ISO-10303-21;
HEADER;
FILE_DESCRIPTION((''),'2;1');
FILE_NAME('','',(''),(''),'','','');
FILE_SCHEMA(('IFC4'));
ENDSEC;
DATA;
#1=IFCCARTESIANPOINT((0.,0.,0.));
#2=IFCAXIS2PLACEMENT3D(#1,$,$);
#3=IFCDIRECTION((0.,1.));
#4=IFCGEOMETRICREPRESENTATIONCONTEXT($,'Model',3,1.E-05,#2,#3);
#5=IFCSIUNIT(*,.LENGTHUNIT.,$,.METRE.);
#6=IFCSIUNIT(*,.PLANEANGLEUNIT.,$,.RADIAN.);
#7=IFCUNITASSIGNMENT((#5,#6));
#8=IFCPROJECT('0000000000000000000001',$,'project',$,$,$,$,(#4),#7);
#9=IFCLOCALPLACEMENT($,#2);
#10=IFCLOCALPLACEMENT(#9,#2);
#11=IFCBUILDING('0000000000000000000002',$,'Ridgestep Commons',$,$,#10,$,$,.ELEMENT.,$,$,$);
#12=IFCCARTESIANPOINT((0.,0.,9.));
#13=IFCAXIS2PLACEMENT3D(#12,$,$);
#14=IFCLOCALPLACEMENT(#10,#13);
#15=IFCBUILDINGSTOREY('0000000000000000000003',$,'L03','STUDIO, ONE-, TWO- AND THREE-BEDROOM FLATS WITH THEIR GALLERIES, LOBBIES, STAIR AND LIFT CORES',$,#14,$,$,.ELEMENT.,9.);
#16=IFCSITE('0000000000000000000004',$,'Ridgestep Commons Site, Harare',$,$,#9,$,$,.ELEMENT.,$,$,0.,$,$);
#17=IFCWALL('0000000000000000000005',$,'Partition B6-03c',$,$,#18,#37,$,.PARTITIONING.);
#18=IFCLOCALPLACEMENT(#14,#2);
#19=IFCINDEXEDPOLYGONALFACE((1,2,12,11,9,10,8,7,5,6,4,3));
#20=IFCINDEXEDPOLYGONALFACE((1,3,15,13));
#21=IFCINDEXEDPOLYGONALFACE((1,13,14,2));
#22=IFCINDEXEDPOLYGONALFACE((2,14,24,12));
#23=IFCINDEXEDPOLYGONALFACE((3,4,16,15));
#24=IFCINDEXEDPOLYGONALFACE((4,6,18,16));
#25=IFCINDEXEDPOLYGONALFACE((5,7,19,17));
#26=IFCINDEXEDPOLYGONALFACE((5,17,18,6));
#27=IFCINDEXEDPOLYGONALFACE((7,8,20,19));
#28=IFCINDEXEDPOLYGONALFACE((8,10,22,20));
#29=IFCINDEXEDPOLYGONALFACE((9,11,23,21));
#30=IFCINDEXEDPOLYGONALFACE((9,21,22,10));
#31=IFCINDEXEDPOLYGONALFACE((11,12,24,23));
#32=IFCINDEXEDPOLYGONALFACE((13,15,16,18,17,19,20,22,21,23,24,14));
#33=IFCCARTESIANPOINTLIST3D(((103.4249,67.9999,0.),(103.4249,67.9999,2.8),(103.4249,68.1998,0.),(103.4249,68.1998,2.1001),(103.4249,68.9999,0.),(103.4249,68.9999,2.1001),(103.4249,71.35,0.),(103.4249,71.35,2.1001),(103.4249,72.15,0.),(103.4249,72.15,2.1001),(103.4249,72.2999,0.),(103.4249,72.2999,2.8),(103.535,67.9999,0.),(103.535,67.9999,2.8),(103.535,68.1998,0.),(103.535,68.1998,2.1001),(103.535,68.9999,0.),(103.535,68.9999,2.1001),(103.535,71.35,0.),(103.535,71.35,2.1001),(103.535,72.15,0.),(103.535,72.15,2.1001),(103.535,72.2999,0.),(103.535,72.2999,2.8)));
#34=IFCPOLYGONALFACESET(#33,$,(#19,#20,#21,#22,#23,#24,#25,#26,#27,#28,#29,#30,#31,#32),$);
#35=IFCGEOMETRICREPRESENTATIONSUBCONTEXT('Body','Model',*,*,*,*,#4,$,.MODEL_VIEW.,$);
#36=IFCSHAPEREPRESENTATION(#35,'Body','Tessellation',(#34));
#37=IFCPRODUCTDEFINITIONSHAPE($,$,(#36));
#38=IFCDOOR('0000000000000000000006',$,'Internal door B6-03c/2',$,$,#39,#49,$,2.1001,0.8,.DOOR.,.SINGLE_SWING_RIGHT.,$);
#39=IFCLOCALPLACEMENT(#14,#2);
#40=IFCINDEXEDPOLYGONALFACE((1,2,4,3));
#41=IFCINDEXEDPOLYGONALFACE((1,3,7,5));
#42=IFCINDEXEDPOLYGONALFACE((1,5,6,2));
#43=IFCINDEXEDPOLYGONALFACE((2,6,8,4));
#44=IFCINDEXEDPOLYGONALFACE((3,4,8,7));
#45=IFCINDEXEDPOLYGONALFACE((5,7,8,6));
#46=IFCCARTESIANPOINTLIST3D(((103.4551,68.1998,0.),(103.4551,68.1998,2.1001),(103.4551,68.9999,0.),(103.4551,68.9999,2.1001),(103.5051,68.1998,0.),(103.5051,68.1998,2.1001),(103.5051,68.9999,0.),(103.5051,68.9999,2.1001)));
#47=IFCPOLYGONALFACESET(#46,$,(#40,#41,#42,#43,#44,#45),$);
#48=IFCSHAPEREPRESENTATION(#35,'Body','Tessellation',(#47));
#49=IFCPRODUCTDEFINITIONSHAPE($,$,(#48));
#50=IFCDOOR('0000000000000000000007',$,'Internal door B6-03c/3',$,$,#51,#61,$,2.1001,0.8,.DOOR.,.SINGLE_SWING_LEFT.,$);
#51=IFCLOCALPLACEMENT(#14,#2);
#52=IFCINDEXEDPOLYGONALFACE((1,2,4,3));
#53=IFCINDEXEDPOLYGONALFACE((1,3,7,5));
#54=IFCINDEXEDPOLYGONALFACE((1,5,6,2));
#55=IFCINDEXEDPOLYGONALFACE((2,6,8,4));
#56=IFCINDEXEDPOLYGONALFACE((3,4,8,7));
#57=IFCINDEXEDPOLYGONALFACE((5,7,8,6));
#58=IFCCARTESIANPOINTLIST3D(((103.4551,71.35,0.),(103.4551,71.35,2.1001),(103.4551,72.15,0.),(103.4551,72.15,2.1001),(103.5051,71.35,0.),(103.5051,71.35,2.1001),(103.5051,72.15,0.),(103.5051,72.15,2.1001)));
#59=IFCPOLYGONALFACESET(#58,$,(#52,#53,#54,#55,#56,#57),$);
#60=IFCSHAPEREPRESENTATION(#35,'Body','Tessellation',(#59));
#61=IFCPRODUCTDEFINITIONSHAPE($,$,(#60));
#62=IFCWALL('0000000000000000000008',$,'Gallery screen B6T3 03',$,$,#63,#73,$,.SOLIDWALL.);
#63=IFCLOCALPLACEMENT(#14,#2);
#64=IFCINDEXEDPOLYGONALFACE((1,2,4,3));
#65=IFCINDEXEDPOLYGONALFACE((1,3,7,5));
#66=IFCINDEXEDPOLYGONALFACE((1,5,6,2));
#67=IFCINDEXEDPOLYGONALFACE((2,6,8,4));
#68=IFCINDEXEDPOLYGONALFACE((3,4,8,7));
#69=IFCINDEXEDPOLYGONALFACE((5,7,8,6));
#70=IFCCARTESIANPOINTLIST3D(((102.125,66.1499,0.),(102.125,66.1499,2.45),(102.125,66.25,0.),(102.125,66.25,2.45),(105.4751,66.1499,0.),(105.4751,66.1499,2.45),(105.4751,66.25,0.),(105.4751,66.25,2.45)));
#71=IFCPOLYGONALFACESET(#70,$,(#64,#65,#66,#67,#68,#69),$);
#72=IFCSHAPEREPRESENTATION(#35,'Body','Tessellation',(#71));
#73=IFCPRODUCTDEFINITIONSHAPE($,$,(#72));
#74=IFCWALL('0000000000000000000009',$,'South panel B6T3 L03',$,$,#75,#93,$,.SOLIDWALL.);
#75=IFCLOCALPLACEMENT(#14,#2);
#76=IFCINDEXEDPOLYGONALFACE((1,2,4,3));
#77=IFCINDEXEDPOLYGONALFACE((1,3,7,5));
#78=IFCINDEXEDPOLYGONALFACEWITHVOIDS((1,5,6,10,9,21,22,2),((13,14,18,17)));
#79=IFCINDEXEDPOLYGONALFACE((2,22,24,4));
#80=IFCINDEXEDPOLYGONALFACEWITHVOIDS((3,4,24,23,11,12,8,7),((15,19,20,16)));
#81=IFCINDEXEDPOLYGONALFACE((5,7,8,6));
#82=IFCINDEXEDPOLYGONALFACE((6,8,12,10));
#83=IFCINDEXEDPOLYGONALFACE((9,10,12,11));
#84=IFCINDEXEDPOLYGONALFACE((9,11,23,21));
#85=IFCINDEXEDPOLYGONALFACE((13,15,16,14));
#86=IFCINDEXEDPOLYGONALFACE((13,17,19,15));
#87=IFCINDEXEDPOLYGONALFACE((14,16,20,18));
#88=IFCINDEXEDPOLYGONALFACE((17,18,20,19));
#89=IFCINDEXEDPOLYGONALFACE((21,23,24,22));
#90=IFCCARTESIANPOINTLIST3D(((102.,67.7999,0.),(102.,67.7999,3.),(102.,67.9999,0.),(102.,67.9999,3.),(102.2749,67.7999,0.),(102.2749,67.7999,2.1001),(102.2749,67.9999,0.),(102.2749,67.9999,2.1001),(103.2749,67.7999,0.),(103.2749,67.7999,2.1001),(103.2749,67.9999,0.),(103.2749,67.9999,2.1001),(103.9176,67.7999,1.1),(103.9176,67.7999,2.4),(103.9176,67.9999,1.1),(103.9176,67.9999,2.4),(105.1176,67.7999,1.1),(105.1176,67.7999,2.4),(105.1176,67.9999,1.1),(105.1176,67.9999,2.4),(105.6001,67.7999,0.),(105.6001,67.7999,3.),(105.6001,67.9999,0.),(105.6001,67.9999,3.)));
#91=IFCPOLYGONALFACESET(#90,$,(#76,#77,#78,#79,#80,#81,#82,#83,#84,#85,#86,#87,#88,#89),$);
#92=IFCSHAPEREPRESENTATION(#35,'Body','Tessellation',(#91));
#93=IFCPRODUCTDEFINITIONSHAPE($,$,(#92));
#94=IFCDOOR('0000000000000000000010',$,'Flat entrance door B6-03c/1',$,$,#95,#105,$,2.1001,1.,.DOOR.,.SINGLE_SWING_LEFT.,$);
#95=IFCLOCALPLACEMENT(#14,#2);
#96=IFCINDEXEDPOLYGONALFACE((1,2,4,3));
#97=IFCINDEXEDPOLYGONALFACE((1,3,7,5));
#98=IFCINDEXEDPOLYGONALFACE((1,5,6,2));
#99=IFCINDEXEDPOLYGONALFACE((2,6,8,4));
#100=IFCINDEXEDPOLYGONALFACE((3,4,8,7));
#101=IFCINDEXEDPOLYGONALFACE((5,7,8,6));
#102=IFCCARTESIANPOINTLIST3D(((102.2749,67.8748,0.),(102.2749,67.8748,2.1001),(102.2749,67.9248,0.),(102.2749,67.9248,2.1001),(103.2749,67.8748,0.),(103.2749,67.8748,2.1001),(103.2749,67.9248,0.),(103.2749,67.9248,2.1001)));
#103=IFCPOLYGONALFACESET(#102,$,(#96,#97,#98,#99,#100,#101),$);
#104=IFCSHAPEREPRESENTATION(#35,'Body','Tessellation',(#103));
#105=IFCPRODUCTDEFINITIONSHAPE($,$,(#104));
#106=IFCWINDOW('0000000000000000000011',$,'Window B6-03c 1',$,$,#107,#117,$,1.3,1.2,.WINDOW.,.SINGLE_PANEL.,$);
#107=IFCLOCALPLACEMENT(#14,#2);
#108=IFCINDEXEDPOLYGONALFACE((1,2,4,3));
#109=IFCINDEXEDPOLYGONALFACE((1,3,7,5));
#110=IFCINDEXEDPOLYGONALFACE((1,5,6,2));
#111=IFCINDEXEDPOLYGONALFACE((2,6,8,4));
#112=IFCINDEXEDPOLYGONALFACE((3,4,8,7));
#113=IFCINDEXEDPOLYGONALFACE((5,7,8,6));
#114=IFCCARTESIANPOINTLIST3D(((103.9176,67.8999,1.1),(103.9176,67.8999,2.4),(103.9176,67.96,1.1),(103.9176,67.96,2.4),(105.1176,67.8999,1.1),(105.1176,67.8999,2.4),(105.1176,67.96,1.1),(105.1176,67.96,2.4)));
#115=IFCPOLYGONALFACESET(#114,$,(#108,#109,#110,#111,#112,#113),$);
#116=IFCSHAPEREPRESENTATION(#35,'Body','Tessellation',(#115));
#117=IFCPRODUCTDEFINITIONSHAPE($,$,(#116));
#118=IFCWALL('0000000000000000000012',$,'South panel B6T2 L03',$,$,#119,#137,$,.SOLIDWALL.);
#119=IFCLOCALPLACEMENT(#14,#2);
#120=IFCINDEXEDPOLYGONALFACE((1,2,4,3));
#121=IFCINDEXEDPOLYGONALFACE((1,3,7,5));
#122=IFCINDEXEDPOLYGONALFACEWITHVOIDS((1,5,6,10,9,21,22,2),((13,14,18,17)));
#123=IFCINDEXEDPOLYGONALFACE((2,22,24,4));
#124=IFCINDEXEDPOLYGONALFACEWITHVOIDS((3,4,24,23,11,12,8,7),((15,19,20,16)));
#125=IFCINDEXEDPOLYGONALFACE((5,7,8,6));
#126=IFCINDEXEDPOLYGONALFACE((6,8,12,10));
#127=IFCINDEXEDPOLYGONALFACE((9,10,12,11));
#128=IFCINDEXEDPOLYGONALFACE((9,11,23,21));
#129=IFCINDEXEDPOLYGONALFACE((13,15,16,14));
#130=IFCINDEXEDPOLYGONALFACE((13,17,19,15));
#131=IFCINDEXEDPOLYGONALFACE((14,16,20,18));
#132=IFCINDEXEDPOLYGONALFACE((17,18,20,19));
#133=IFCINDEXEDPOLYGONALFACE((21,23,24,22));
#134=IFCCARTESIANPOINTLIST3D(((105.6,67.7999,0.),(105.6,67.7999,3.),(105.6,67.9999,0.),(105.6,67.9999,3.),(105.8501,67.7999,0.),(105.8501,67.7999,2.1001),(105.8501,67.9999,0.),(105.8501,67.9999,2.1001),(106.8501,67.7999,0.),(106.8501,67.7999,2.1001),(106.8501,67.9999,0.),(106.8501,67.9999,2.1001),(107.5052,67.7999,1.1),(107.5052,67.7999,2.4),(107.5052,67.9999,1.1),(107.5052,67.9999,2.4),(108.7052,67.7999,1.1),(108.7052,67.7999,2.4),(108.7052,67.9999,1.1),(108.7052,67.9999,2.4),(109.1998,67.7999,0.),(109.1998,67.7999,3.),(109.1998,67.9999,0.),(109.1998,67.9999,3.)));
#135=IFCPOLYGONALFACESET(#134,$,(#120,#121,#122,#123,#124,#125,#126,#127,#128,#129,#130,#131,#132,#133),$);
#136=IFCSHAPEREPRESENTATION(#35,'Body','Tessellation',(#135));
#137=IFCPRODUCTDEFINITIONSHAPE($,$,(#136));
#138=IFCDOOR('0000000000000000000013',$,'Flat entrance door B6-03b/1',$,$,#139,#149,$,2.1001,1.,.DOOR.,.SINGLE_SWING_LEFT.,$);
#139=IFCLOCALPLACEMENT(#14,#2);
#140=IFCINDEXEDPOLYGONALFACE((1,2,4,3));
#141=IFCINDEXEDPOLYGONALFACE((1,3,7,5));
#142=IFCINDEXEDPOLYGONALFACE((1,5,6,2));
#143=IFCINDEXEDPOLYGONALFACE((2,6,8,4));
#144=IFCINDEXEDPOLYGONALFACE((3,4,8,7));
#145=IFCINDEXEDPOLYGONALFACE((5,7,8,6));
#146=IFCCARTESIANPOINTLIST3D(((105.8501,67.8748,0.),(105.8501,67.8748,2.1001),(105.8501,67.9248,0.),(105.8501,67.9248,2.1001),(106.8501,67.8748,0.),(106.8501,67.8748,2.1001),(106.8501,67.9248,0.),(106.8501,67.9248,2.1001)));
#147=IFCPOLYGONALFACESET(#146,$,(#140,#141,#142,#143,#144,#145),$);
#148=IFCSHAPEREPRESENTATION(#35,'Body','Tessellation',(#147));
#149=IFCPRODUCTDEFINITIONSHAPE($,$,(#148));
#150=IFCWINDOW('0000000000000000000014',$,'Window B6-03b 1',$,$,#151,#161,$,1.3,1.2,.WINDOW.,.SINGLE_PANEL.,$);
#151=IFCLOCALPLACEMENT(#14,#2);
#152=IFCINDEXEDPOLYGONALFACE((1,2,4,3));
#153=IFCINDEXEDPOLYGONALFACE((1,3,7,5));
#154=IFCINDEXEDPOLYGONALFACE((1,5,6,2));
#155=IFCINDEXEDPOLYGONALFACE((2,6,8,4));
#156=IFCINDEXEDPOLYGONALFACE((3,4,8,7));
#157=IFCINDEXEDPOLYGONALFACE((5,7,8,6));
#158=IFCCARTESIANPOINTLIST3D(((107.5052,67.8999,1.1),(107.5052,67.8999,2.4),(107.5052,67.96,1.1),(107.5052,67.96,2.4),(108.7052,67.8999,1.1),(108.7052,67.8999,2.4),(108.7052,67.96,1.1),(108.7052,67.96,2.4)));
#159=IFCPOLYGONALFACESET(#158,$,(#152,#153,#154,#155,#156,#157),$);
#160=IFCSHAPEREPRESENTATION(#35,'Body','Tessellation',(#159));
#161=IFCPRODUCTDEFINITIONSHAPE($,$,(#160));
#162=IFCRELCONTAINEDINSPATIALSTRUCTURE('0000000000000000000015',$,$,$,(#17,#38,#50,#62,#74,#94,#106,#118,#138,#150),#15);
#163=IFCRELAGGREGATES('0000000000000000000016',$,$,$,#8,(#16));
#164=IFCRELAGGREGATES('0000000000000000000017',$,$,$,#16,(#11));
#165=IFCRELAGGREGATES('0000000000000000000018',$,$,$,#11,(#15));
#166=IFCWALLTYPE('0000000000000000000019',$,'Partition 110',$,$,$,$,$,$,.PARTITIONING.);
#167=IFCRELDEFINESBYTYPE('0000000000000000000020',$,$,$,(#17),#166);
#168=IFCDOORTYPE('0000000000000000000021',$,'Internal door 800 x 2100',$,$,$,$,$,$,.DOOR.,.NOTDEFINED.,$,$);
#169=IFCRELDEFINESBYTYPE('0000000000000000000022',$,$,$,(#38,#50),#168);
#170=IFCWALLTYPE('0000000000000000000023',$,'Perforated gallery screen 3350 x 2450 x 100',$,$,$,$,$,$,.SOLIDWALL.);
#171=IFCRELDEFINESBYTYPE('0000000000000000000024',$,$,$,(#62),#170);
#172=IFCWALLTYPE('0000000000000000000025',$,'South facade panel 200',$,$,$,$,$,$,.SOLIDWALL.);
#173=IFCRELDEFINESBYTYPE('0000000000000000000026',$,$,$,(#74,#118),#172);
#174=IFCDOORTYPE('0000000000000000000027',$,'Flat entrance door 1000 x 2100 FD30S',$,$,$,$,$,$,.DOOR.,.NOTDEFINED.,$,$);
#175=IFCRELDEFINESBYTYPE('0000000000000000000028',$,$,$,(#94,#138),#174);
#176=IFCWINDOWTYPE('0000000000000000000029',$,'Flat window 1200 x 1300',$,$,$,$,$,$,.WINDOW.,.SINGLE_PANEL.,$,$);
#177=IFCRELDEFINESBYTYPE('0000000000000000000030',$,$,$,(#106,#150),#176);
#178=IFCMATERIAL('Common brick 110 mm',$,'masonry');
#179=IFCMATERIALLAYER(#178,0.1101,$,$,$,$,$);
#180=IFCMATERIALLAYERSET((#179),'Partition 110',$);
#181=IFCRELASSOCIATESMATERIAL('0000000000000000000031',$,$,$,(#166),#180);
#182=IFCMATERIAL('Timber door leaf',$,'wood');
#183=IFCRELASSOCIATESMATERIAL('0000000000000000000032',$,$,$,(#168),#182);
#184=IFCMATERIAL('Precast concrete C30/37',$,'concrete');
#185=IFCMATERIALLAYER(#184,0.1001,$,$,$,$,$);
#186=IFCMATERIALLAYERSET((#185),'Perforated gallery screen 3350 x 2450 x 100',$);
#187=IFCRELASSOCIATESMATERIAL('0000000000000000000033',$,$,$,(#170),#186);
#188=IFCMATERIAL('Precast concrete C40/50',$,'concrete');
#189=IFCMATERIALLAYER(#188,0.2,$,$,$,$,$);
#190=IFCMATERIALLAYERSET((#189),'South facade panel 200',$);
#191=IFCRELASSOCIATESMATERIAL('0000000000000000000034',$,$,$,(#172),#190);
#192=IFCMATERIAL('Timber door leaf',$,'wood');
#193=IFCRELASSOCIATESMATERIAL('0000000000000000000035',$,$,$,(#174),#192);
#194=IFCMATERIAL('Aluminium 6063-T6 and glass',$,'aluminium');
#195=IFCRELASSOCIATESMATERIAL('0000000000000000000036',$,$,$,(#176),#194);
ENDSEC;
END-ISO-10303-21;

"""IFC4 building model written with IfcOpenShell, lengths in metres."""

from ifc_helpers import new_model, si_unit, direction, frame, frame_2d, origin, place, context, subcontext, project, spatial, rectangle, extrude, material, layer, layer_set, type_object, element, fill, save


model = new_model("IFC4")

# Units and contexts
model_context = context("Model", 3, precision=1e-05, world=origin(), true_north=direction((0.0, 1.0)))
body_context = subcontext(model_context, "Body", "Model", "MODEL_VIEW")
ifc_project = project(units=[si_unit("LENGTHUNIT", "METRE"), si_unit("PLANEANGLEUNIT", "RADIAN")], contexts=[model_context])

# Site, building, storey
site_placement = place(None, origin())
site = spatial("IfcSite", under=ifc_project, at=site_placement, Name="Ridgestep Commons Site, Harare", CompositionType="ELEMENT", RefElevation=0.0)
building_placement = place(site_placement, origin())
building = spatial("IfcBuilding", under=site, at=building_placement, Name="Ridgestep Commons", CompositionType="ELEMENT")
storey_placement = place(building_placement, frame((0.0, 0.0, 9.0)))
storey = spatial("IfcBuildingStorey", under=building, at=storey_placement, Name="L03", Description="STUDIO, ONE-, TWO- AND THREE-BEDROOM FLATS WITH THEIR GALLERIES, LOBBIES, STAIR AND LIFT CORES", CompositionType="ELEMENT", Elevation=9.0)

# Wall, openings, doors
ifc_material_1 = material(Name="Common brick 110 mm", Category="masonry")
ifc_layer_1 = layer(ifc_material_1, 0.1101)
ifc_layer_set_1 = layer_set([ifc_layer_1], Name="Partition 110")
wall_type_1 = type_object("IfcWallType", Name="Partition 110", PredefinedType="PARTITIONING", material=ifc_layer_set_1)
ifc_material_2 = material(Name="Timber door leaf", Category="wood")
door_type_1 = type_object("IfcDoorType", Name="Internal door 800 x 2100", OperationType="NOTDEFINED", PredefinedType="DOOR", material=ifc_material_2)
wall_1_placement = place(storey_placement, frame((103.48, 68.0, 0.0), z_axis=(0.0, 0.0, 1.0), x_axis=(0.0, 1.0, 0.0)))
wall_1 = element("IfcWall", 1, at=wall_1_placement, inside=storey, type_object=wall_type_1, Name="Partition B6-03c", PredefinedType="PARTITIONING", context=body_context, shape_type="SweptSolid", body=[
    extrude(rectangle(XDim=4.3, YDim=0.1101, at=frame_2d((2.1499, 0.0))), origin(), (0.0, 0.0, 1.0), 2.8),
])
opening_1_placement = place(wall_1_placement, frame((0.2, 0.0, 0.0)))
opening_1 = element("IfcOpeningElement", 2, at=opening_1_placement, cuts=wall_1, PredefinedType="OPENING", context=body_context, shape_type="SweptSolid", body=[
    extrude(rectangle(XDim=0.8, YDim=2.1001, at=frame_2d((0.3999, 1.05))), frame((0.0, 0.0649, 0.0), z_axis=(0.0, -1.0, 0.0), x_axis=(1.0, 0.0, 0.0)), (0.0, 0.0, 1.0), 0.1301),
])
opening_2_placement = place(wall_1_placement, frame((3.3501, 0.0, 0.0)))
opening_2 = element("IfcOpeningElement", 3, at=opening_2_placement, cuts=wall_1, PredefinedType="OPENING", context=body_context, shape_type="SweptSolid", body=[
    extrude(rectangle(XDim=0.8, YDim=2.1001, at=frame_2d((0.3999, 1.05))), frame((0.0, 0.0649, 0.0), z_axis=(0.0, -1.0, 0.0), x_axis=(1.0, 0.0, 0.0)), (0.0, 0.0, 1.0), 0.1301),
])
door_1_placement = place(opening_1_placement, origin())
door_1 = element("IfcDoor", 4, at=door_1_placement, inside=storey, type_object=door_type_1, Name="Internal door B6-03c/2", OperationType="SINGLE_SWING_RIGHT", OverallHeight=2.1001, OverallWidth=0.8, PredefinedType="DOOR", context=body_context, shape_type="SweptSolid", body=[
    extrude(rectangle(XDim=0.8, YDim=2.1001, at=frame_2d((0.3999, 1.05))), frame((0.0, 0.0249, 0.0), z_axis=(0.0, -1.0, 0.0), x_axis=(1.0, 0.0, 0.0)), (0.0, 0.0, 1.0), 0.05),
])
fill(opening_1, door_1)
door_2_placement = place(opening_2_placement, origin())
door_2 = element("IfcDoor", 5, at=door_2_placement, inside=storey, type_object=door_type_1, Name="Internal door B6-03c/3", OperationType="SINGLE_SWING_LEFT", OverallHeight=2.1001, OverallWidth=0.8, PredefinedType="DOOR", context=body_context, shape_type="SweptSolid", body=[
    extrude(rectangle(XDim=0.8, YDim=2.1001, at=frame_2d((0.3999, 1.05))), frame((0.0, 0.0249, 0.0), z_axis=(0.0, -1.0, 0.0), x_axis=(1.0, 0.0, 0.0)), (0.0, 0.0, 1.0), 0.05),
])
fill(opening_2, door_2)

# Wall
ifc_material_3 = material(Name="Precast concrete C30/37", Category="concrete")
ifc_layer_2 = layer(ifc_material_3, 0.1001)
ifc_layer_set_2 = layer_set([ifc_layer_2], Name="Perforated gallery screen 3350 x 2450 x 100")
wall_type_2 = type_object("IfcWallType", Name="Perforated gallery screen 3350 x 2450 x 100", PredefinedType="SOLIDWALL", material=ifc_layer_set_2)
wall_2_placement = place(storey_placement, frame((102.125, 66.2, 0.0), z_axis=(0.0, 0.0, 1.0), x_axis=(1.0, 0.0, 0.0)))
element("IfcWall", 6, at=wall_2_placement, inside=storey, type_object=wall_type_2, Name="Gallery screen B6T3 03", PredefinedType="SOLIDWALL", context=body_context, shape_type="SweptSolid", body=[
    extrude(rectangle(XDim=3.3501, YDim=0.1001, at=frame_2d((1.675, 0.0))), origin(), (0.0, 0.0, 1.0), 2.45),
])

# Walls, openings, doors, windows
ifc_material_4 = material(Name="Precast concrete C40/50", Category="concrete")
ifc_layer_3 = layer(ifc_material_4, 0.2)
ifc_layer_set_3 = layer_set([ifc_layer_3], Name="South facade panel 200")
wall_type_3 = type_object("IfcWallType", Name="South facade panel 200", PredefinedType="SOLIDWALL", material=ifc_layer_set_3)
wall_3_placement = place(storey_placement, frame((102.0, 67.8999, 0.0), z_axis=(0.0, 0.0, 1.0), x_axis=(1.0, 0.0, 0.0)))
wall_3 = element("IfcWall", 7, at=wall_3_placement, inside=storey, type_object=wall_type_3, Name="South panel B6T3 L03", PredefinedType="SOLIDWALL", context=body_context, shape_type="SweptSolid", body=[
    extrude(rectangle(XDim=3.6001, YDim=0.2, at=frame_2d((1.8, 0.0))), origin(), (0.0, 0.0, 1.0), 3.0),
])
opening_3_placement = place(wall_3_placement, frame((1.9175, 0.0, 1.1001)))
opening_3 = element("IfcOpeningElement", 8, at=opening_3_placement, cuts=wall_3, PredefinedType="OPENING", context=body_context, shape_type="SweptSolid", body=[
    extrude(rectangle(XDim=1.2, YDim=1.3, at=frame_2d((0.6001, 0.6499))), frame((0.0, 0.1099, 0.0), z_axis=(0.0, -1.0, 0.0), x_axis=(1.0, 0.0, 0.0)), (0.0, 0.0, 1.0), 0.22),
])
opening_4_placement = place(wall_3_placement, frame((0.2749, 0.0, 0.0)))
opening_4 = element("IfcOpeningElement", 9, at=opening_4_placement, cuts=wall_3, PredefinedType="OPENING", context=body_context, shape_type="SweptSolid", body=[
    extrude(rectangle(XDim=1.0, YDim=2.1001, at=frame_2d((0.5, 1.05))), frame((0.0, 0.1099, 0.0), z_axis=(0.0, -1.0, 0.0), x_axis=(1.0, 0.0, 0.0)), (0.0, 0.0, 1.0), 0.22),
])
ifc_material_5 = material(Name="Timber door leaf", Category="wood")
door_type_2 = type_object("IfcDoorType", Name="Flat entrance door 1000 x 2100 FD30S", OperationType="NOTDEFINED", PredefinedType="DOOR", material=ifc_material_5)
door_3_placement = place(opening_4_placement, origin())
door_3 = element("IfcDoor", 10, at=door_3_placement, inside=storey, type_object=door_type_2, Name="Flat entrance door B6-03c/1", OperationType="SINGLE_SWING_LEFT", OverallHeight=2.1001, OverallWidth=1.0, PredefinedType="DOOR", context=body_context, shape_type="SweptSolid", body=[
    extrude(rectangle(XDim=1.0, YDim=2.1001, at=frame_2d((0.5, 1.05))), frame((0.0, 0.0249, 0.0), z_axis=(0.0, -1.0, 0.0), x_axis=(1.0, 0.0, 0.0)), (0.0, 0.0, 1.0), 0.05),
])
fill(opening_4, door_3)
ifc_material_6 = material(Name="Aluminium 6063-T6 and glass", Category="aluminium")
window_type = type_object("IfcWindowType", Name="Flat window 1200 x 1300", PartitioningType="SINGLE_PANEL", PredefinedType="WINDOW", material=ifc_material_6)
window_1_placement = place(opening_3_placement, origin())
window_1 = element("IfcWindow", 11, at=window_1_placement, inside=storey, type_object=window_type, Name="Window B6-03c 1", OverallHeight=1.3, OverallWidth=1.2, PartitioningType="SINGLE_PANEL", PredefinedType="WINDOW", context=body_context, shape_type="SweptSolid", body=[
    extrude(rectangle(XDim=1.2, YDim=1.3, at=frame_2d((0.6001, 0.6499))), frame((0.0, 0.0601, 0.0), z_axis=(0.0, -1.0, 0.0), x_axis=(1.0, 0.0, 0.0)), (0.0, 0.0, 1.0), 0.0601),
])
fill(opening_3, window_1)
wall_4_placement = place(storey_placement, frame((105.6001, 67.8999, 0.0), z_axis=(0.0, 0.0, 1.0), x_axis=(1.0, 0.0, 0.0)))
wall_4 = element("IfcWall", 12, at=wall_4_placement, inside=storey, type_object=wall_type_3, Name="South panel B6T2 L03", PredefinedType="SOLIDWALL", context=body_context, shape_type="SweptSolid", body=[
    extrude(rectangle(XDim=3.5999, YDim=0.2, at=frame_2d((1.7998, 0.0))), origin(), (0.0, 0.0, 1.0), 3.0),
])
opening_5_placement = place(wall_4_placement, frame((1.905, 0.0, 1.1001)))
opening_5 = element("IfcOpeningElement", 13, at=opening_5_placement, cuts=wall_4, PredefinedType="OPENING", context=body_context, shape_type="SweptSolid", body=[
    extrude(rectangle(XDim=1.2, YDim=1.3, at=frame_2d((0.6001, 0.6499))), frame((0.0, 0.1099, 0.0), z_axis=(0.0, -1.0, 0.0), x_axis=(1.0, 0.0, 0.0)), (0.0, 0.0, 1.0), 0.22),
])
opening_6_placement = place(wall_4_placement, frame((0.25, 0.0, 0.0)))
opening_6 = element("IfcOpeningElement", 14, at=opening_6_placement, cuts=wall_4, PredefinedType="OPENING", context=body_context, shape_type="SweptSolid", body=[
    extrude(rectangle(XDim=1.0, YDim=2.1001, at=frame_2d((0.5, 1.05))), frame((0.0, 0.1099, 0.0), z_axis=(0.0, -1.0, 0.0), x_axis=(1.0, 0.0, 0.0)), (0.0, 0.0, 1.0), 0.22),
])
door_4_placement = place(opening_6_placement, origin())
door_4 = element("IfcDoor", 15, at=door_4_placement, inside=storey, type_object=door_type_2, Name="Flat entrance door B6-03b/1", OperationType="SINGLE_SWING_LEFT", OverallHeight=2.1001, OverallWidth=1.0, PredefinedType="DOOR", context=body_context, shape_type="SweptSolid", body=[
    extrude(rectangle(XDim=1.0, YDim=2.1001, at=frame_2d((0.5, 1.05))), frame((0.0, 0.0249, 0.0), z_axis=(0.0, -1.0, 0.0), x_axis=(1.0, 0.0, 0.0)), (0.0, 0.0, 1.0), 0.05),
])
fill(opening_6, door_4)
window_2_placement = place(opening_5_placement, origin())
window_2 = element("IfcWindow", 16, at=window_2_placement, inside=storey, type_object=window_type, Name="Window B6-03b 1", OverallHeight=1.3, OverallWidth=1.2, PartitioningType="SINGLE_PANEL", PredefinedType="WINDOW", context=body_context, shape_type="SweptSolid", body=[
    extrude(rectangle(XDim=1.2, YDim=1.3, at=frame_2d((0.6001, 0.6499))), frame((0.0, 0.0601, 0.0), z_axis=(0.0, -1.0, 0.0), x_axis=(1.0, 0.0, 0.0)), (0.0, 0.0, 1.0), 0.0601),
])
fill(opening_5, window_2)

save(model, "model.ifc")
